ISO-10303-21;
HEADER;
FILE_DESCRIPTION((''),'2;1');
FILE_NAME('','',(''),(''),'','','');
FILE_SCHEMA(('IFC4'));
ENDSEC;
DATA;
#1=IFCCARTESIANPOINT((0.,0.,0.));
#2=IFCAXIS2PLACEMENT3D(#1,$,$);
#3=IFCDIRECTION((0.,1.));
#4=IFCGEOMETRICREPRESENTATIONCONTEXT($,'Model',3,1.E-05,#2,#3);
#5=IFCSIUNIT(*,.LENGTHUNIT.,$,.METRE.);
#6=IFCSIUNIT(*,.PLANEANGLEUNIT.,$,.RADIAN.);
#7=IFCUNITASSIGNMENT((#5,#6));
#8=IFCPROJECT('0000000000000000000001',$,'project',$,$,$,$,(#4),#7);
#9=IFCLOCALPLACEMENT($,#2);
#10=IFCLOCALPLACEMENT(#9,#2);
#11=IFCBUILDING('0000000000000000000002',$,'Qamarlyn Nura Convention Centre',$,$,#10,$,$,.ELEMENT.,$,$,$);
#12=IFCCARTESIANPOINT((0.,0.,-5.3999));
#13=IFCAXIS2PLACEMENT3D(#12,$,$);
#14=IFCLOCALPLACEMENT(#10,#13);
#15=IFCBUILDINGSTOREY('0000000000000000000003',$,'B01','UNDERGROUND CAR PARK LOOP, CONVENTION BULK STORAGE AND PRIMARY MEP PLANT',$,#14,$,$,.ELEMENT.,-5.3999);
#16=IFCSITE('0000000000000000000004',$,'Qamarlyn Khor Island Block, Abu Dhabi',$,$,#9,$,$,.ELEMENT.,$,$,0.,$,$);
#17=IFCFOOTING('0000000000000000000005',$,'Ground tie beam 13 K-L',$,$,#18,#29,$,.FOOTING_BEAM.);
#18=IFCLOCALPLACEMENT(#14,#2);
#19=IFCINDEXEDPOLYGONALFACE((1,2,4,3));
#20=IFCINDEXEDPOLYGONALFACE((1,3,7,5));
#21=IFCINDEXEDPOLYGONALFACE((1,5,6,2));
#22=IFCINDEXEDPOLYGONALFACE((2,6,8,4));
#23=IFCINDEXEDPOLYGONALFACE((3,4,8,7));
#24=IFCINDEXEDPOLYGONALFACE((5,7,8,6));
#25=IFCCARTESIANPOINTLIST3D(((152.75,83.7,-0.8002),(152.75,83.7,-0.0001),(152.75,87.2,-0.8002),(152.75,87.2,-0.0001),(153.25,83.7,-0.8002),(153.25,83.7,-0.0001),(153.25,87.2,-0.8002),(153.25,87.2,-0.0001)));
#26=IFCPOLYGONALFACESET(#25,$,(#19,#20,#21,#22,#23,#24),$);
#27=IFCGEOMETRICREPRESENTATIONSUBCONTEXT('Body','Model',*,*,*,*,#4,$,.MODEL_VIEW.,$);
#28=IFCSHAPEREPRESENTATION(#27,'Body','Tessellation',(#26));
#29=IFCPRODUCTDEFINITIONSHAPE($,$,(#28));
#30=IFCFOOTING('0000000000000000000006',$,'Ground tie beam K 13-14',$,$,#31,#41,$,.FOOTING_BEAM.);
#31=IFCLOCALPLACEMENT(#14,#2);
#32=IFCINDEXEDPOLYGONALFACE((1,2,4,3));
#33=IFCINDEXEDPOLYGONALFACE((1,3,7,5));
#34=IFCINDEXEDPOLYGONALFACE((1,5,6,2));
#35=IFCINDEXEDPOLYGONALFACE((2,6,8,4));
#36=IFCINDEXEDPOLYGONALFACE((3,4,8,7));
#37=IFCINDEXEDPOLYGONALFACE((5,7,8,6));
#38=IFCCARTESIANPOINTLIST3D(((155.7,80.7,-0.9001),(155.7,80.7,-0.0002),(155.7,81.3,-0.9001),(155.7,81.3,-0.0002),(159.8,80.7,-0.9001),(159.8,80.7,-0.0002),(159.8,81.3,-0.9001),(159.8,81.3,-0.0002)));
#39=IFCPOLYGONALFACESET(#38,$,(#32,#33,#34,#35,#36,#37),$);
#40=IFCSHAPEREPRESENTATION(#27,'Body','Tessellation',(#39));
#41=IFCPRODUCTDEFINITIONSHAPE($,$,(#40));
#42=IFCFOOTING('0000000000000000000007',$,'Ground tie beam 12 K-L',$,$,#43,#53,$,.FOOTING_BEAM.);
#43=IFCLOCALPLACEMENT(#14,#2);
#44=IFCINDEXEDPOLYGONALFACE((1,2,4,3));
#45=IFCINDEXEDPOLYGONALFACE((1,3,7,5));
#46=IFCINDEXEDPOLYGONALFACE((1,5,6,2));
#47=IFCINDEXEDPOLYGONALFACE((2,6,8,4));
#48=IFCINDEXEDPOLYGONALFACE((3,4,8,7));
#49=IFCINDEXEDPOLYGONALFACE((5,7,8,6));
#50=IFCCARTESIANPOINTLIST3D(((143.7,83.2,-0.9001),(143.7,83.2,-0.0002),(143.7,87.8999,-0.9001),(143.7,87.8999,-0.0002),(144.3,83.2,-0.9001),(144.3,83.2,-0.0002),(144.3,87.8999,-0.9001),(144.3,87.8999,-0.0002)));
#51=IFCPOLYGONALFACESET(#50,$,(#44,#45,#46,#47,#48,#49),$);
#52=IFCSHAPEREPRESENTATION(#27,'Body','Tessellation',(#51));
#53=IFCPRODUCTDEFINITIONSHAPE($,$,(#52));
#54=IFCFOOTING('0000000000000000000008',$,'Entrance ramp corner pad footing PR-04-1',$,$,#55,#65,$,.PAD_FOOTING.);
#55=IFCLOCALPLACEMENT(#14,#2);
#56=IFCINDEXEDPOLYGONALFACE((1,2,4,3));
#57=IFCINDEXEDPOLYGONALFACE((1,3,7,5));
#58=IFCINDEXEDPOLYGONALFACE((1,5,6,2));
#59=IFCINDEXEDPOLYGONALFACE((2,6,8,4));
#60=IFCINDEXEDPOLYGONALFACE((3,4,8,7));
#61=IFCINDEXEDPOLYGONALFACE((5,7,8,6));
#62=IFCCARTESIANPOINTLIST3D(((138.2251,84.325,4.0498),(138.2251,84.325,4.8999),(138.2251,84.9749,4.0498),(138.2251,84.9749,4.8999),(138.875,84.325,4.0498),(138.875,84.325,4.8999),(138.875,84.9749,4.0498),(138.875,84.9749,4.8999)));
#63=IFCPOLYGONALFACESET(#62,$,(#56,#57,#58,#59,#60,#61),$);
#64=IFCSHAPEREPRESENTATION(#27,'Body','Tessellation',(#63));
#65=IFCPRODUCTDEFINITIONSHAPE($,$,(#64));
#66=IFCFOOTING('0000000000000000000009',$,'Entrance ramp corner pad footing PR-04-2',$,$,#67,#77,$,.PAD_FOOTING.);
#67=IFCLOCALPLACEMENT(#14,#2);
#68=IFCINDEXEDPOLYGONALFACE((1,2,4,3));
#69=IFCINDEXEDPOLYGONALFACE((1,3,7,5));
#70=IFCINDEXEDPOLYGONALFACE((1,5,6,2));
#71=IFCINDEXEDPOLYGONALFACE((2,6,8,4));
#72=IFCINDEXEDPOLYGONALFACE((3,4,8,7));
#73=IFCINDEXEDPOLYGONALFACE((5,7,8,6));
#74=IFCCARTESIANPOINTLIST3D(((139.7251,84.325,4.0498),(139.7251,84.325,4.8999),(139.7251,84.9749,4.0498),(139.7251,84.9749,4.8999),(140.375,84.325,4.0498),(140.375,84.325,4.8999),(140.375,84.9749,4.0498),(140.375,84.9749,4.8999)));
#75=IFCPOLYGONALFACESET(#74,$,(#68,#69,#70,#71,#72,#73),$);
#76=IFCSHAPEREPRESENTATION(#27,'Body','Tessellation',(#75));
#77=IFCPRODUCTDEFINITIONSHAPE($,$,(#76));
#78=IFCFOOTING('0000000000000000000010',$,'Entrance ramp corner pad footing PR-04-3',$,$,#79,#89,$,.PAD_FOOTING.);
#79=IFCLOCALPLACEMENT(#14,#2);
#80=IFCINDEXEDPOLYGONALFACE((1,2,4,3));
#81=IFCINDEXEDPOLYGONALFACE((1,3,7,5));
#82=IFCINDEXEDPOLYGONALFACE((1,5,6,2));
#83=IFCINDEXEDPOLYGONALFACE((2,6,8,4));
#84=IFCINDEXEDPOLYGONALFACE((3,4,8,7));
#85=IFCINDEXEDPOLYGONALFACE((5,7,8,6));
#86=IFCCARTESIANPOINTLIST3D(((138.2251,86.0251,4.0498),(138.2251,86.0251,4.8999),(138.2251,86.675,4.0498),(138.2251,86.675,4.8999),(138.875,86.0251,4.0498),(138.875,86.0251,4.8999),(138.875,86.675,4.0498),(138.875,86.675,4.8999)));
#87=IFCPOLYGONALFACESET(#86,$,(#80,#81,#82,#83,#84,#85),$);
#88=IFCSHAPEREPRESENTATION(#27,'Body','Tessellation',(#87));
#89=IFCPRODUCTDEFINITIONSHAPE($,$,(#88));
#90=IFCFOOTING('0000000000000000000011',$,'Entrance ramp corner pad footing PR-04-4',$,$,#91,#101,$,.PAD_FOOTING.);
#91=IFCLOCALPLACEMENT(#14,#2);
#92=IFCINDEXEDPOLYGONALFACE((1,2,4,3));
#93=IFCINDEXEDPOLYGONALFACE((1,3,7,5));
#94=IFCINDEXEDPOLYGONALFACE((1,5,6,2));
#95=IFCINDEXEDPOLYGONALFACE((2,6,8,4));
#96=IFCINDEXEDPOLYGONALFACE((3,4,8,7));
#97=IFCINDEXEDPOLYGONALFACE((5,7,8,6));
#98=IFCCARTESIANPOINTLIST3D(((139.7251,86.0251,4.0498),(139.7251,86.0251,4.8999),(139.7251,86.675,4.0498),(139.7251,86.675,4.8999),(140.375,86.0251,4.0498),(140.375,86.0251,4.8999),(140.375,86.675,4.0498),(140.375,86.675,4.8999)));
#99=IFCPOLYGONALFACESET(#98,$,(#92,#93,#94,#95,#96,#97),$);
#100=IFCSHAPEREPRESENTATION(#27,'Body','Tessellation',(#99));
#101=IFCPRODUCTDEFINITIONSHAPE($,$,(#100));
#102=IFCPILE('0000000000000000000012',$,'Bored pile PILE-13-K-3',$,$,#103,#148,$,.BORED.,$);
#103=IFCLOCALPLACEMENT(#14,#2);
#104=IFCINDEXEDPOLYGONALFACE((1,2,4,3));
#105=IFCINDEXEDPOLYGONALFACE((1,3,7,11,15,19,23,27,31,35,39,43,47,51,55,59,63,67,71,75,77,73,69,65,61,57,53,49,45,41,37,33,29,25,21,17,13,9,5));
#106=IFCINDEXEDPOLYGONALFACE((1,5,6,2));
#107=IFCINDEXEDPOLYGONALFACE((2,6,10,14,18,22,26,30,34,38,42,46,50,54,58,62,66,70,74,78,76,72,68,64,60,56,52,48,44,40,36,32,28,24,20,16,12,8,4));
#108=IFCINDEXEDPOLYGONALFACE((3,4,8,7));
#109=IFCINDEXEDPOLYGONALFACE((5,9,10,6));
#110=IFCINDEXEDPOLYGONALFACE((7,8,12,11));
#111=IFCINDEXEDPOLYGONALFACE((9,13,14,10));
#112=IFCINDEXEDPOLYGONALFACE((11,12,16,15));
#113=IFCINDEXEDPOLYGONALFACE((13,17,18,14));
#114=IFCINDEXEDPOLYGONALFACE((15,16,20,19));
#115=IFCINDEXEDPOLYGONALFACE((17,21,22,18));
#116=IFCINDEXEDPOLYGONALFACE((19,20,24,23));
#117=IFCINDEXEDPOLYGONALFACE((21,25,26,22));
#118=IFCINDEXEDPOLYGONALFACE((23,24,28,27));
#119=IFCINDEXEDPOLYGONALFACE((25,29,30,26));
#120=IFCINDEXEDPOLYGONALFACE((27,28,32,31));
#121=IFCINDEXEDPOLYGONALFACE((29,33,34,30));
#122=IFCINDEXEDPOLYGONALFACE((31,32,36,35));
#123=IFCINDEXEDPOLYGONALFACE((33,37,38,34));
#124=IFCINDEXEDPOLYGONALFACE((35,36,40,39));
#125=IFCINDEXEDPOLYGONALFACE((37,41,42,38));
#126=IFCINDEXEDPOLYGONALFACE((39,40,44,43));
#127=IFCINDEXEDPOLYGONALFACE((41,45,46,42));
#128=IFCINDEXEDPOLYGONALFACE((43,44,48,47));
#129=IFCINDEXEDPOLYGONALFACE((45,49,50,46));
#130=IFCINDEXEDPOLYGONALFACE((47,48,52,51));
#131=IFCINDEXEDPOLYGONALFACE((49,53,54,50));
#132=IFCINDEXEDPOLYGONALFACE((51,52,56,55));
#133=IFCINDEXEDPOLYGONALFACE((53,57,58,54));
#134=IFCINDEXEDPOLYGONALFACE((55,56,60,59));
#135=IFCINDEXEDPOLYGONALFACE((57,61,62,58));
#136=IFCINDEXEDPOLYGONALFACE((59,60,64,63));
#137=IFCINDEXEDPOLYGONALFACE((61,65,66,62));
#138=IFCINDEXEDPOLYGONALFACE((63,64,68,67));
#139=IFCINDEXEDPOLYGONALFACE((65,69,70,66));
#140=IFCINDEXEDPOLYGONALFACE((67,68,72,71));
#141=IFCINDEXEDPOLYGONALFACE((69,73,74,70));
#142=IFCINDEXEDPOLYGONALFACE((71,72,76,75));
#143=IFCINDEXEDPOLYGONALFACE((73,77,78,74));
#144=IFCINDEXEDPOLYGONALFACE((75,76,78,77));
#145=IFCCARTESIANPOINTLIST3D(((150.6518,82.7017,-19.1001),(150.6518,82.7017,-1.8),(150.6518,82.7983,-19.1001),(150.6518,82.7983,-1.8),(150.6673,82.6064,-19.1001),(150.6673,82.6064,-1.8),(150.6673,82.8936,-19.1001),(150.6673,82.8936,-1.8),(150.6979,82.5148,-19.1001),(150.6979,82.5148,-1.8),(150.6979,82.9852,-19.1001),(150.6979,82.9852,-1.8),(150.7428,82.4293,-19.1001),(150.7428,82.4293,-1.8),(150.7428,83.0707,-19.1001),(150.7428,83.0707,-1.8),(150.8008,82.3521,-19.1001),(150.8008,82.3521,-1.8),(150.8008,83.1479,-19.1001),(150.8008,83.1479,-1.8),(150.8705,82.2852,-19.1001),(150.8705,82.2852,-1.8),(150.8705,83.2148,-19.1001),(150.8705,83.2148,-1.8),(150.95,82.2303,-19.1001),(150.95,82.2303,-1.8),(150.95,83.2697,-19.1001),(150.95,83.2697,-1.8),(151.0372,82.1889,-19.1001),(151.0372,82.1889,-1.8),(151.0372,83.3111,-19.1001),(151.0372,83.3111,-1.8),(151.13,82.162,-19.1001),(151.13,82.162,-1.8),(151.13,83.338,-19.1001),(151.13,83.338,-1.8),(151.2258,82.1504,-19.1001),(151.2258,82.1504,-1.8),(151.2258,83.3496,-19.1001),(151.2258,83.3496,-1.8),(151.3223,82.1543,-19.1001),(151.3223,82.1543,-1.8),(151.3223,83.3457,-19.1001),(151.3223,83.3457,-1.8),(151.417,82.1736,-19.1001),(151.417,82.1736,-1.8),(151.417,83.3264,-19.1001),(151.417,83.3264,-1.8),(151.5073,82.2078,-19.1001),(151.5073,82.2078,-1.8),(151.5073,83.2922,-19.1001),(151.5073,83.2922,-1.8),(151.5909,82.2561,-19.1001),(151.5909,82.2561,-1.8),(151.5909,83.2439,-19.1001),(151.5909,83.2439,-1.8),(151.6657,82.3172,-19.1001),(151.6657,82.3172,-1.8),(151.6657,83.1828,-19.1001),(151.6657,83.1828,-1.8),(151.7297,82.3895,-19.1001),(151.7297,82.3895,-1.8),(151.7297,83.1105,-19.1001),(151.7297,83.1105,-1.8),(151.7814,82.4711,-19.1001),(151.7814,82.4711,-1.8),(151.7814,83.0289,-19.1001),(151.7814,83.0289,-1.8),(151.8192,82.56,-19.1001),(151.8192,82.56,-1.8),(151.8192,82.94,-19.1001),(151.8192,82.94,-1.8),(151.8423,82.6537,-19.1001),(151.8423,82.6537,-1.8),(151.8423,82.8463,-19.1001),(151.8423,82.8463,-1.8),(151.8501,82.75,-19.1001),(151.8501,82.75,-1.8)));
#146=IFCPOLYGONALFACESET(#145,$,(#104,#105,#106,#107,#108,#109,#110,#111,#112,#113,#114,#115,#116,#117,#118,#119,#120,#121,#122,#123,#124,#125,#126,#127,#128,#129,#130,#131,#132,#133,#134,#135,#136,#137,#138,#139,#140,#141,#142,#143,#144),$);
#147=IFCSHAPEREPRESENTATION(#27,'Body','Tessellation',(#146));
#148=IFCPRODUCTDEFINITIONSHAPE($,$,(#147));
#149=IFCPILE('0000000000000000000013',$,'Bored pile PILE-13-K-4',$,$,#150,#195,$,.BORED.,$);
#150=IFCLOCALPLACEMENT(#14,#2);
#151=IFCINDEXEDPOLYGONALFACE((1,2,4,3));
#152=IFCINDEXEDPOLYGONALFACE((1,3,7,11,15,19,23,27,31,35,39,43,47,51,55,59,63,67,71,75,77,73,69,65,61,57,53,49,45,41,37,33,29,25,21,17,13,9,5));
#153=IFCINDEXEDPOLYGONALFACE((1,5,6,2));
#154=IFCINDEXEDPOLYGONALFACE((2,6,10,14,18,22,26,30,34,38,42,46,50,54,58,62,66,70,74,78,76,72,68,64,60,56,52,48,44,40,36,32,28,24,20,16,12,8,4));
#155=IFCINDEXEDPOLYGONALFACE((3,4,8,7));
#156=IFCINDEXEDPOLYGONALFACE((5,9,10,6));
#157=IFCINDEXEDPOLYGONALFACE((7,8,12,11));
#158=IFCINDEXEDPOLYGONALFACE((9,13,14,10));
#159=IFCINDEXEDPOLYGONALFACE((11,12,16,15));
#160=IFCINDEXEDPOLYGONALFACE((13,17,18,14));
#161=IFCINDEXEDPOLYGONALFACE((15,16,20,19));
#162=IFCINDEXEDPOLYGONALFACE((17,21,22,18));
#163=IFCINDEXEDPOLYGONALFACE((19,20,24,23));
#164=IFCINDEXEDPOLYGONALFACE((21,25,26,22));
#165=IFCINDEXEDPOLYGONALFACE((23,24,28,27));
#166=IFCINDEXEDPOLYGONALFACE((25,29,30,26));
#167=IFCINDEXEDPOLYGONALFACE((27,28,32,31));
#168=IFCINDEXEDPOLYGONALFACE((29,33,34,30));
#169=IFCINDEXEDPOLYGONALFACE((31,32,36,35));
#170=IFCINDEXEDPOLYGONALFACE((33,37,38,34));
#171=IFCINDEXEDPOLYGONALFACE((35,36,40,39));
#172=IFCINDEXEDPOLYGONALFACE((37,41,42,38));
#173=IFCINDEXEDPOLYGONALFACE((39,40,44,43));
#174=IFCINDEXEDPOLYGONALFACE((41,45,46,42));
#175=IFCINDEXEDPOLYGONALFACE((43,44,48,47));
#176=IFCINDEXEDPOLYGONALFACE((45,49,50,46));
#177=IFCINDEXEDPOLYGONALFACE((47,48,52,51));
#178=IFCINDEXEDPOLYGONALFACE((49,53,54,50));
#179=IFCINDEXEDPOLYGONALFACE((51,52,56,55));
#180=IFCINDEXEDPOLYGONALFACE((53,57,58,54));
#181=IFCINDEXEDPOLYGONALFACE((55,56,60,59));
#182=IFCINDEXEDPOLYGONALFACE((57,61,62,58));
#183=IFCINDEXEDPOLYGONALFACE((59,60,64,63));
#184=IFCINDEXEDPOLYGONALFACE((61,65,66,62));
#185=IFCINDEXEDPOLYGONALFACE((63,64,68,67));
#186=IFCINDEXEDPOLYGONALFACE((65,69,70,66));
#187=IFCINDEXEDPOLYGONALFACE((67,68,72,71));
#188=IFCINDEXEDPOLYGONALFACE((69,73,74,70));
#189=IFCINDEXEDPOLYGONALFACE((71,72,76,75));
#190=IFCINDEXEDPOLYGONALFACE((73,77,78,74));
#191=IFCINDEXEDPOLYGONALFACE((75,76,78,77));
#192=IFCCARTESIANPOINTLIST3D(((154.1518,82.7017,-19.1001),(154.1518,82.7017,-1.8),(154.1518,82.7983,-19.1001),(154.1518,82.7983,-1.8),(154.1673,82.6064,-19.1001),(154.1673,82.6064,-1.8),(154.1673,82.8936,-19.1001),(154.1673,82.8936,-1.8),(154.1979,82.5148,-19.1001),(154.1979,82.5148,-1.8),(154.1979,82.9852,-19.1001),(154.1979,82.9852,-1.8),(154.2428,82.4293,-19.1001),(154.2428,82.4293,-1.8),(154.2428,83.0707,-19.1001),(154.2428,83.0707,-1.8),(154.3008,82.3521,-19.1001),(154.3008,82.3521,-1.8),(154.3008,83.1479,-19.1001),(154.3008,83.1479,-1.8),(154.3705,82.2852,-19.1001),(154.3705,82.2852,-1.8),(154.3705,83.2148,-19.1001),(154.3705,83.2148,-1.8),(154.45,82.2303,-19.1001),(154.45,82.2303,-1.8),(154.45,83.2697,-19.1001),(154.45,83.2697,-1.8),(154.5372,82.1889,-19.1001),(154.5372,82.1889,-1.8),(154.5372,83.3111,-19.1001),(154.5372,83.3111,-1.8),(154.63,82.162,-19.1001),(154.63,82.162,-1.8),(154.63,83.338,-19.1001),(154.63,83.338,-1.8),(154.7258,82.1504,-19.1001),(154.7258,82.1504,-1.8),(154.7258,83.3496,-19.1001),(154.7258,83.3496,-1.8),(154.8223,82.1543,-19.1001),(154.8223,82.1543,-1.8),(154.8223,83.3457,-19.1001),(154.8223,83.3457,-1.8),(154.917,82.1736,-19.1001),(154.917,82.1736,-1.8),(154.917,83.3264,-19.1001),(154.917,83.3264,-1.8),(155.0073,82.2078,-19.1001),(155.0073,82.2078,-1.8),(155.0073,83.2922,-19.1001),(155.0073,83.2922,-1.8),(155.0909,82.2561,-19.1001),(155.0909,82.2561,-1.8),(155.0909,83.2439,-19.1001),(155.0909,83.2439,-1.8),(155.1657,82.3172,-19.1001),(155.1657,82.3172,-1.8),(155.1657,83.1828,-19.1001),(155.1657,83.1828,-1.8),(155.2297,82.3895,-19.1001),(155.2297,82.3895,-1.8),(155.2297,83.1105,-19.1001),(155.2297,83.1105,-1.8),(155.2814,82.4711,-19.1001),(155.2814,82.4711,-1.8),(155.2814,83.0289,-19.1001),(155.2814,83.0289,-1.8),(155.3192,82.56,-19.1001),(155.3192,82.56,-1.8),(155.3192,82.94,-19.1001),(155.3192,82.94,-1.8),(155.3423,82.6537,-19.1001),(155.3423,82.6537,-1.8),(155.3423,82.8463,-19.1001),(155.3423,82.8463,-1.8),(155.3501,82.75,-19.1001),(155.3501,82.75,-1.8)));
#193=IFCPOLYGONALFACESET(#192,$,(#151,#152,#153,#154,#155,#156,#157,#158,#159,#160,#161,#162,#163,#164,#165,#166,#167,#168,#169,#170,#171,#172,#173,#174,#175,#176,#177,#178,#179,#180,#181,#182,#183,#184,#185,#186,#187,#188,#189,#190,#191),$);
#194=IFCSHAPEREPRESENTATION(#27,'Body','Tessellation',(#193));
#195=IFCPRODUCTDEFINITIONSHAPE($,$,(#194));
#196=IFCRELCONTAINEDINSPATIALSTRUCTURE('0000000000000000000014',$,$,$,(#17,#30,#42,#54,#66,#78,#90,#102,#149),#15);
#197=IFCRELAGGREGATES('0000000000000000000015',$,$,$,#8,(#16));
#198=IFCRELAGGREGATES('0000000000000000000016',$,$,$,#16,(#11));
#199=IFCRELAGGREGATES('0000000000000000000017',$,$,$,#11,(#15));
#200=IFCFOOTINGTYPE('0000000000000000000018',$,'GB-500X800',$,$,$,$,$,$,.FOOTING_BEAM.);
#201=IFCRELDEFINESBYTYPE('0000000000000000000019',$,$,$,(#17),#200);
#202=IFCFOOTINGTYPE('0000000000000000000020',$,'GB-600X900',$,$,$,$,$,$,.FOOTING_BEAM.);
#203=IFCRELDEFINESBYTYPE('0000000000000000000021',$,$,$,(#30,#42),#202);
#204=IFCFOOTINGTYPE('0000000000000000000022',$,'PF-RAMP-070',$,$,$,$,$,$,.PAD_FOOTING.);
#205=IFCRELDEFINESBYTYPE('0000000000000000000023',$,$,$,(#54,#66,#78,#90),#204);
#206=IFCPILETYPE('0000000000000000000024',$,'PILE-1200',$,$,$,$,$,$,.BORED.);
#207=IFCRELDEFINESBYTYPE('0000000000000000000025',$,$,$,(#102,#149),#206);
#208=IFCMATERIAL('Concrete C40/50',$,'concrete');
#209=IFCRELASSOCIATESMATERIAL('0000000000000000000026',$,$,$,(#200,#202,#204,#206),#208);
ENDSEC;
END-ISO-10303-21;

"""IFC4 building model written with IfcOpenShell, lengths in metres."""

from ifc_helpers import new_model, si_unit, direction, frame, origin, origin_2d, place, context, subcontext, project, spatial, rectangle, circle, extrude, material, material_profile, profile_set, type_object, element, save


model = new_model("IFC4")

# Units and contexts
model_context = context("Model", 3, precision=1e-05, world=origin(), true_north=direction((0.0, 1.0)))
body_context = subcontext(model_context, "Body", "Model", "MODEL_VIEW")
ifc_project = project(units=[si_unit("LENGTHUNIT", "METRE"), si_unit("PLANEANGLEUNIT", "RADIAN")], contexts=[model_context])

# Site, building, storey
site_placement = place(None, origin())
site = spatial("IfcSite", under=ifc_project, at=site_placement, Name="Qamarlyn Khor Island Block, Abu Dhabi", CompositionType="ELEMENT", RefElevation=0.0)
building_placement = place(site_placement, origin())
building = spatial("IfcBuilding", under=site, at=building_placement, Name="Qamarlyn Nura Convention Centre", CompositionType="ELEMENT")
storey_placement = place(building_placement, frame((0.0, 0.0, -5.3999)))
storey = spatial("IfcBuildingStorey", under=building, at=storey_placement, Name="B01", Description="UNDERGROUND CAR PARK LOOP, CONVENTION BULK STORAGE AND PRIMARY MEP PLANT", CompositionType="ELEMENT", Elevation=-5.3999)

# Footings
ifc_material_1 = material(Name="Concrete C40/50", Category="concrete")
ifc_material_profile_1 = material_profile(ifc_material_1, rectangle(XDim=0.5, YDim=0.8, at=origin_2d()), Name="RC GB 500x800")
ifc_profile_set_1 = profile_set([ifc_material_profile_1], Name="Concrete C40/50")
footing_type_1 = type_object("IfcFootingType", Name="GB-500X800", PredefinedType="FOOTING_BEAM", material=ifc_profile_set_1)
footing_1_placement = place(storey_placement, frame((153.0, 83.7, -0.4001), z_axis=(0.0, 1.0, 0.0), x_axis=(-1.0, 0.0, 0.0)))
element("IfcFooting", 1, at=footing_1_placement, inside=storey, type_object=footing_type_1, Name="Ground tie beam 13 K-L", PredefinedType="FOOTING_BEAM", context=body_context, shape_type="SweptSolid", body=[
    extrude(rectangle(XDim=0.5, YDim=0.8, at=origin_2d()), origin(), (0.0, 0.0, 1.0), 3.5),
])
ifc_material_profile_2 = material_profile(ifc_material_1, rectangle(XDim=0.6001, YDim=0.8999, at=origin_2d()), Name="RC GB 600x900")
ifc_profile_set_2 = profile_set([ifc_material_profile_2], Name="Concrete C40/50")
footing_type_2 = type_object("IfcFootingType", Name="GB-600X900", PredefinedType="FOOTING_BEAM", material=ifc_profile_set_2)
footing_2_placement = place(storey_placement, frame((155.7, 81.0, -0.4502), z_axis=(1.0, 0.0, 0.0), x_axis=(0.0, 1.0, 0.0)))
element("IfcFooting", 2, at=footing_2_placement, inside=storey, type_object=footing_type_2, Name="Ground tie beam K 13-14", PredefinedType="FOOTING_BEAM", context=body_context, shape_type="SweptSolid", body=[
    extrude(rectangle(XDim=0.6001, YDim=0.8999, at=origin_2d()), origin(), (0.0, 0.0, 1.0), 4.1001),
])
footing_3_placement = place(storey_placement, frame((144.0, 83.2, -0.4502), z_axis=(0.0, 1.0, 0.0), x_axis=(-1.0, 0.0, 0.0)))
element("IfcFooting", 3, at=footing_3_placement, inside=storey, type_object=footing_type_2, Name="Ground tie beam 12 K-L", PredefinedType="FOOTING_BEAM", context=body_context, shape_type="SweptSolid", body=[
    extrude(rectangle(XDim=0.6001, YDim=0.8999, at=origin_2d()), origin(), (0.0, 0.0, 1.0), 4.7),
])
footing_type_3 = type_object("IfcFootingType", Name="PF-RAMP-070", PredefinedType="PAD_FOOTING", material=ifc_material_1)
for number, where, z_axis, x_axis, name in (
    (4, (138.55, 84.6499, 4.0498), (0.0, 0.0, 1.0), (1.0, 0.0, 0.0), "Entrance ramp corner pad footing PR-04-1"),
    (5, (140.05, 84.6499, 4.0498), (0.0, 0.0, 1.0), (1.0, 0.0, 0.0), "Entrance ramp corner pad footing PR-04-2"),
    (6, (138.55, 86.3501, 4.0498), (0.0, 0.0, 1.0), (1.0, 0.0, 0.0), "Entrance ramp corner pad footing PR-04-3"),
    (7, (140.05, 86.3501, 4.0498), (0.0, 0.0, 1.0), (1.0, 0.0, 0.0), "Entrance ramp corner pad footing PR-04-4"),
):
    element("IfcFooting", number, at=place(storey_placement, frame(where, z_axis=z_axis, x_axis=x_axis)), inside=storey, type_object=footing_type_3, Name=name, PredefinedType="PAD_FOOTING", context=body_context, shape_type="SweptSolid", body=[
        extrude(rectangle(XDim=0.6499, YDim=0.6499, at=origin_2d()), origin(), (0.0, 0.0, 1.0), 0.8501),
    ])

# Piles
ifc_material_profile_3 = material_profile(ifc_material_1, circle(Radius=0.6001, at=origin_2d()), Name="BORED PILE 1200")
ifc_profile_set_3 = profile_set([ifc_material_profile_3], Name="Concrete C40/50")
pile_type_1 = type_object("IfcPileType", Name="PILE-1200", PredefinedType="BORED", material=ifc_profile_set_3)
for number, where, z_axis, x_axis, name in (
    (8, (151.25, 82.75, -1.8), (0.0, 0.0, -1.0), (1.0, 0.0, 0.0), "Bored pile PILE-13-K-3"),
    (9, (154.75, 82.75, -1.8), (0.0, 0.0, -1.0), (1.0, 0.0, 0.0), "Bored pile PILE-13-K-4"),
):
    element("IfcPile", number, at=place(storey_placement, frame(where, z_axis=z_axis, x_axis=x_axis)), inside=storey, type_object=pile_type_1, Name=name, PredefinedType="BORED", context=body_context, shape_type="SweptSolid", body=[
        extrude(circle(Radius=0.6001, at=origin_2d()), origin(), (0.0, 0.0, 1.0), 17.3),
    ])

save(model, "model.ifc")
